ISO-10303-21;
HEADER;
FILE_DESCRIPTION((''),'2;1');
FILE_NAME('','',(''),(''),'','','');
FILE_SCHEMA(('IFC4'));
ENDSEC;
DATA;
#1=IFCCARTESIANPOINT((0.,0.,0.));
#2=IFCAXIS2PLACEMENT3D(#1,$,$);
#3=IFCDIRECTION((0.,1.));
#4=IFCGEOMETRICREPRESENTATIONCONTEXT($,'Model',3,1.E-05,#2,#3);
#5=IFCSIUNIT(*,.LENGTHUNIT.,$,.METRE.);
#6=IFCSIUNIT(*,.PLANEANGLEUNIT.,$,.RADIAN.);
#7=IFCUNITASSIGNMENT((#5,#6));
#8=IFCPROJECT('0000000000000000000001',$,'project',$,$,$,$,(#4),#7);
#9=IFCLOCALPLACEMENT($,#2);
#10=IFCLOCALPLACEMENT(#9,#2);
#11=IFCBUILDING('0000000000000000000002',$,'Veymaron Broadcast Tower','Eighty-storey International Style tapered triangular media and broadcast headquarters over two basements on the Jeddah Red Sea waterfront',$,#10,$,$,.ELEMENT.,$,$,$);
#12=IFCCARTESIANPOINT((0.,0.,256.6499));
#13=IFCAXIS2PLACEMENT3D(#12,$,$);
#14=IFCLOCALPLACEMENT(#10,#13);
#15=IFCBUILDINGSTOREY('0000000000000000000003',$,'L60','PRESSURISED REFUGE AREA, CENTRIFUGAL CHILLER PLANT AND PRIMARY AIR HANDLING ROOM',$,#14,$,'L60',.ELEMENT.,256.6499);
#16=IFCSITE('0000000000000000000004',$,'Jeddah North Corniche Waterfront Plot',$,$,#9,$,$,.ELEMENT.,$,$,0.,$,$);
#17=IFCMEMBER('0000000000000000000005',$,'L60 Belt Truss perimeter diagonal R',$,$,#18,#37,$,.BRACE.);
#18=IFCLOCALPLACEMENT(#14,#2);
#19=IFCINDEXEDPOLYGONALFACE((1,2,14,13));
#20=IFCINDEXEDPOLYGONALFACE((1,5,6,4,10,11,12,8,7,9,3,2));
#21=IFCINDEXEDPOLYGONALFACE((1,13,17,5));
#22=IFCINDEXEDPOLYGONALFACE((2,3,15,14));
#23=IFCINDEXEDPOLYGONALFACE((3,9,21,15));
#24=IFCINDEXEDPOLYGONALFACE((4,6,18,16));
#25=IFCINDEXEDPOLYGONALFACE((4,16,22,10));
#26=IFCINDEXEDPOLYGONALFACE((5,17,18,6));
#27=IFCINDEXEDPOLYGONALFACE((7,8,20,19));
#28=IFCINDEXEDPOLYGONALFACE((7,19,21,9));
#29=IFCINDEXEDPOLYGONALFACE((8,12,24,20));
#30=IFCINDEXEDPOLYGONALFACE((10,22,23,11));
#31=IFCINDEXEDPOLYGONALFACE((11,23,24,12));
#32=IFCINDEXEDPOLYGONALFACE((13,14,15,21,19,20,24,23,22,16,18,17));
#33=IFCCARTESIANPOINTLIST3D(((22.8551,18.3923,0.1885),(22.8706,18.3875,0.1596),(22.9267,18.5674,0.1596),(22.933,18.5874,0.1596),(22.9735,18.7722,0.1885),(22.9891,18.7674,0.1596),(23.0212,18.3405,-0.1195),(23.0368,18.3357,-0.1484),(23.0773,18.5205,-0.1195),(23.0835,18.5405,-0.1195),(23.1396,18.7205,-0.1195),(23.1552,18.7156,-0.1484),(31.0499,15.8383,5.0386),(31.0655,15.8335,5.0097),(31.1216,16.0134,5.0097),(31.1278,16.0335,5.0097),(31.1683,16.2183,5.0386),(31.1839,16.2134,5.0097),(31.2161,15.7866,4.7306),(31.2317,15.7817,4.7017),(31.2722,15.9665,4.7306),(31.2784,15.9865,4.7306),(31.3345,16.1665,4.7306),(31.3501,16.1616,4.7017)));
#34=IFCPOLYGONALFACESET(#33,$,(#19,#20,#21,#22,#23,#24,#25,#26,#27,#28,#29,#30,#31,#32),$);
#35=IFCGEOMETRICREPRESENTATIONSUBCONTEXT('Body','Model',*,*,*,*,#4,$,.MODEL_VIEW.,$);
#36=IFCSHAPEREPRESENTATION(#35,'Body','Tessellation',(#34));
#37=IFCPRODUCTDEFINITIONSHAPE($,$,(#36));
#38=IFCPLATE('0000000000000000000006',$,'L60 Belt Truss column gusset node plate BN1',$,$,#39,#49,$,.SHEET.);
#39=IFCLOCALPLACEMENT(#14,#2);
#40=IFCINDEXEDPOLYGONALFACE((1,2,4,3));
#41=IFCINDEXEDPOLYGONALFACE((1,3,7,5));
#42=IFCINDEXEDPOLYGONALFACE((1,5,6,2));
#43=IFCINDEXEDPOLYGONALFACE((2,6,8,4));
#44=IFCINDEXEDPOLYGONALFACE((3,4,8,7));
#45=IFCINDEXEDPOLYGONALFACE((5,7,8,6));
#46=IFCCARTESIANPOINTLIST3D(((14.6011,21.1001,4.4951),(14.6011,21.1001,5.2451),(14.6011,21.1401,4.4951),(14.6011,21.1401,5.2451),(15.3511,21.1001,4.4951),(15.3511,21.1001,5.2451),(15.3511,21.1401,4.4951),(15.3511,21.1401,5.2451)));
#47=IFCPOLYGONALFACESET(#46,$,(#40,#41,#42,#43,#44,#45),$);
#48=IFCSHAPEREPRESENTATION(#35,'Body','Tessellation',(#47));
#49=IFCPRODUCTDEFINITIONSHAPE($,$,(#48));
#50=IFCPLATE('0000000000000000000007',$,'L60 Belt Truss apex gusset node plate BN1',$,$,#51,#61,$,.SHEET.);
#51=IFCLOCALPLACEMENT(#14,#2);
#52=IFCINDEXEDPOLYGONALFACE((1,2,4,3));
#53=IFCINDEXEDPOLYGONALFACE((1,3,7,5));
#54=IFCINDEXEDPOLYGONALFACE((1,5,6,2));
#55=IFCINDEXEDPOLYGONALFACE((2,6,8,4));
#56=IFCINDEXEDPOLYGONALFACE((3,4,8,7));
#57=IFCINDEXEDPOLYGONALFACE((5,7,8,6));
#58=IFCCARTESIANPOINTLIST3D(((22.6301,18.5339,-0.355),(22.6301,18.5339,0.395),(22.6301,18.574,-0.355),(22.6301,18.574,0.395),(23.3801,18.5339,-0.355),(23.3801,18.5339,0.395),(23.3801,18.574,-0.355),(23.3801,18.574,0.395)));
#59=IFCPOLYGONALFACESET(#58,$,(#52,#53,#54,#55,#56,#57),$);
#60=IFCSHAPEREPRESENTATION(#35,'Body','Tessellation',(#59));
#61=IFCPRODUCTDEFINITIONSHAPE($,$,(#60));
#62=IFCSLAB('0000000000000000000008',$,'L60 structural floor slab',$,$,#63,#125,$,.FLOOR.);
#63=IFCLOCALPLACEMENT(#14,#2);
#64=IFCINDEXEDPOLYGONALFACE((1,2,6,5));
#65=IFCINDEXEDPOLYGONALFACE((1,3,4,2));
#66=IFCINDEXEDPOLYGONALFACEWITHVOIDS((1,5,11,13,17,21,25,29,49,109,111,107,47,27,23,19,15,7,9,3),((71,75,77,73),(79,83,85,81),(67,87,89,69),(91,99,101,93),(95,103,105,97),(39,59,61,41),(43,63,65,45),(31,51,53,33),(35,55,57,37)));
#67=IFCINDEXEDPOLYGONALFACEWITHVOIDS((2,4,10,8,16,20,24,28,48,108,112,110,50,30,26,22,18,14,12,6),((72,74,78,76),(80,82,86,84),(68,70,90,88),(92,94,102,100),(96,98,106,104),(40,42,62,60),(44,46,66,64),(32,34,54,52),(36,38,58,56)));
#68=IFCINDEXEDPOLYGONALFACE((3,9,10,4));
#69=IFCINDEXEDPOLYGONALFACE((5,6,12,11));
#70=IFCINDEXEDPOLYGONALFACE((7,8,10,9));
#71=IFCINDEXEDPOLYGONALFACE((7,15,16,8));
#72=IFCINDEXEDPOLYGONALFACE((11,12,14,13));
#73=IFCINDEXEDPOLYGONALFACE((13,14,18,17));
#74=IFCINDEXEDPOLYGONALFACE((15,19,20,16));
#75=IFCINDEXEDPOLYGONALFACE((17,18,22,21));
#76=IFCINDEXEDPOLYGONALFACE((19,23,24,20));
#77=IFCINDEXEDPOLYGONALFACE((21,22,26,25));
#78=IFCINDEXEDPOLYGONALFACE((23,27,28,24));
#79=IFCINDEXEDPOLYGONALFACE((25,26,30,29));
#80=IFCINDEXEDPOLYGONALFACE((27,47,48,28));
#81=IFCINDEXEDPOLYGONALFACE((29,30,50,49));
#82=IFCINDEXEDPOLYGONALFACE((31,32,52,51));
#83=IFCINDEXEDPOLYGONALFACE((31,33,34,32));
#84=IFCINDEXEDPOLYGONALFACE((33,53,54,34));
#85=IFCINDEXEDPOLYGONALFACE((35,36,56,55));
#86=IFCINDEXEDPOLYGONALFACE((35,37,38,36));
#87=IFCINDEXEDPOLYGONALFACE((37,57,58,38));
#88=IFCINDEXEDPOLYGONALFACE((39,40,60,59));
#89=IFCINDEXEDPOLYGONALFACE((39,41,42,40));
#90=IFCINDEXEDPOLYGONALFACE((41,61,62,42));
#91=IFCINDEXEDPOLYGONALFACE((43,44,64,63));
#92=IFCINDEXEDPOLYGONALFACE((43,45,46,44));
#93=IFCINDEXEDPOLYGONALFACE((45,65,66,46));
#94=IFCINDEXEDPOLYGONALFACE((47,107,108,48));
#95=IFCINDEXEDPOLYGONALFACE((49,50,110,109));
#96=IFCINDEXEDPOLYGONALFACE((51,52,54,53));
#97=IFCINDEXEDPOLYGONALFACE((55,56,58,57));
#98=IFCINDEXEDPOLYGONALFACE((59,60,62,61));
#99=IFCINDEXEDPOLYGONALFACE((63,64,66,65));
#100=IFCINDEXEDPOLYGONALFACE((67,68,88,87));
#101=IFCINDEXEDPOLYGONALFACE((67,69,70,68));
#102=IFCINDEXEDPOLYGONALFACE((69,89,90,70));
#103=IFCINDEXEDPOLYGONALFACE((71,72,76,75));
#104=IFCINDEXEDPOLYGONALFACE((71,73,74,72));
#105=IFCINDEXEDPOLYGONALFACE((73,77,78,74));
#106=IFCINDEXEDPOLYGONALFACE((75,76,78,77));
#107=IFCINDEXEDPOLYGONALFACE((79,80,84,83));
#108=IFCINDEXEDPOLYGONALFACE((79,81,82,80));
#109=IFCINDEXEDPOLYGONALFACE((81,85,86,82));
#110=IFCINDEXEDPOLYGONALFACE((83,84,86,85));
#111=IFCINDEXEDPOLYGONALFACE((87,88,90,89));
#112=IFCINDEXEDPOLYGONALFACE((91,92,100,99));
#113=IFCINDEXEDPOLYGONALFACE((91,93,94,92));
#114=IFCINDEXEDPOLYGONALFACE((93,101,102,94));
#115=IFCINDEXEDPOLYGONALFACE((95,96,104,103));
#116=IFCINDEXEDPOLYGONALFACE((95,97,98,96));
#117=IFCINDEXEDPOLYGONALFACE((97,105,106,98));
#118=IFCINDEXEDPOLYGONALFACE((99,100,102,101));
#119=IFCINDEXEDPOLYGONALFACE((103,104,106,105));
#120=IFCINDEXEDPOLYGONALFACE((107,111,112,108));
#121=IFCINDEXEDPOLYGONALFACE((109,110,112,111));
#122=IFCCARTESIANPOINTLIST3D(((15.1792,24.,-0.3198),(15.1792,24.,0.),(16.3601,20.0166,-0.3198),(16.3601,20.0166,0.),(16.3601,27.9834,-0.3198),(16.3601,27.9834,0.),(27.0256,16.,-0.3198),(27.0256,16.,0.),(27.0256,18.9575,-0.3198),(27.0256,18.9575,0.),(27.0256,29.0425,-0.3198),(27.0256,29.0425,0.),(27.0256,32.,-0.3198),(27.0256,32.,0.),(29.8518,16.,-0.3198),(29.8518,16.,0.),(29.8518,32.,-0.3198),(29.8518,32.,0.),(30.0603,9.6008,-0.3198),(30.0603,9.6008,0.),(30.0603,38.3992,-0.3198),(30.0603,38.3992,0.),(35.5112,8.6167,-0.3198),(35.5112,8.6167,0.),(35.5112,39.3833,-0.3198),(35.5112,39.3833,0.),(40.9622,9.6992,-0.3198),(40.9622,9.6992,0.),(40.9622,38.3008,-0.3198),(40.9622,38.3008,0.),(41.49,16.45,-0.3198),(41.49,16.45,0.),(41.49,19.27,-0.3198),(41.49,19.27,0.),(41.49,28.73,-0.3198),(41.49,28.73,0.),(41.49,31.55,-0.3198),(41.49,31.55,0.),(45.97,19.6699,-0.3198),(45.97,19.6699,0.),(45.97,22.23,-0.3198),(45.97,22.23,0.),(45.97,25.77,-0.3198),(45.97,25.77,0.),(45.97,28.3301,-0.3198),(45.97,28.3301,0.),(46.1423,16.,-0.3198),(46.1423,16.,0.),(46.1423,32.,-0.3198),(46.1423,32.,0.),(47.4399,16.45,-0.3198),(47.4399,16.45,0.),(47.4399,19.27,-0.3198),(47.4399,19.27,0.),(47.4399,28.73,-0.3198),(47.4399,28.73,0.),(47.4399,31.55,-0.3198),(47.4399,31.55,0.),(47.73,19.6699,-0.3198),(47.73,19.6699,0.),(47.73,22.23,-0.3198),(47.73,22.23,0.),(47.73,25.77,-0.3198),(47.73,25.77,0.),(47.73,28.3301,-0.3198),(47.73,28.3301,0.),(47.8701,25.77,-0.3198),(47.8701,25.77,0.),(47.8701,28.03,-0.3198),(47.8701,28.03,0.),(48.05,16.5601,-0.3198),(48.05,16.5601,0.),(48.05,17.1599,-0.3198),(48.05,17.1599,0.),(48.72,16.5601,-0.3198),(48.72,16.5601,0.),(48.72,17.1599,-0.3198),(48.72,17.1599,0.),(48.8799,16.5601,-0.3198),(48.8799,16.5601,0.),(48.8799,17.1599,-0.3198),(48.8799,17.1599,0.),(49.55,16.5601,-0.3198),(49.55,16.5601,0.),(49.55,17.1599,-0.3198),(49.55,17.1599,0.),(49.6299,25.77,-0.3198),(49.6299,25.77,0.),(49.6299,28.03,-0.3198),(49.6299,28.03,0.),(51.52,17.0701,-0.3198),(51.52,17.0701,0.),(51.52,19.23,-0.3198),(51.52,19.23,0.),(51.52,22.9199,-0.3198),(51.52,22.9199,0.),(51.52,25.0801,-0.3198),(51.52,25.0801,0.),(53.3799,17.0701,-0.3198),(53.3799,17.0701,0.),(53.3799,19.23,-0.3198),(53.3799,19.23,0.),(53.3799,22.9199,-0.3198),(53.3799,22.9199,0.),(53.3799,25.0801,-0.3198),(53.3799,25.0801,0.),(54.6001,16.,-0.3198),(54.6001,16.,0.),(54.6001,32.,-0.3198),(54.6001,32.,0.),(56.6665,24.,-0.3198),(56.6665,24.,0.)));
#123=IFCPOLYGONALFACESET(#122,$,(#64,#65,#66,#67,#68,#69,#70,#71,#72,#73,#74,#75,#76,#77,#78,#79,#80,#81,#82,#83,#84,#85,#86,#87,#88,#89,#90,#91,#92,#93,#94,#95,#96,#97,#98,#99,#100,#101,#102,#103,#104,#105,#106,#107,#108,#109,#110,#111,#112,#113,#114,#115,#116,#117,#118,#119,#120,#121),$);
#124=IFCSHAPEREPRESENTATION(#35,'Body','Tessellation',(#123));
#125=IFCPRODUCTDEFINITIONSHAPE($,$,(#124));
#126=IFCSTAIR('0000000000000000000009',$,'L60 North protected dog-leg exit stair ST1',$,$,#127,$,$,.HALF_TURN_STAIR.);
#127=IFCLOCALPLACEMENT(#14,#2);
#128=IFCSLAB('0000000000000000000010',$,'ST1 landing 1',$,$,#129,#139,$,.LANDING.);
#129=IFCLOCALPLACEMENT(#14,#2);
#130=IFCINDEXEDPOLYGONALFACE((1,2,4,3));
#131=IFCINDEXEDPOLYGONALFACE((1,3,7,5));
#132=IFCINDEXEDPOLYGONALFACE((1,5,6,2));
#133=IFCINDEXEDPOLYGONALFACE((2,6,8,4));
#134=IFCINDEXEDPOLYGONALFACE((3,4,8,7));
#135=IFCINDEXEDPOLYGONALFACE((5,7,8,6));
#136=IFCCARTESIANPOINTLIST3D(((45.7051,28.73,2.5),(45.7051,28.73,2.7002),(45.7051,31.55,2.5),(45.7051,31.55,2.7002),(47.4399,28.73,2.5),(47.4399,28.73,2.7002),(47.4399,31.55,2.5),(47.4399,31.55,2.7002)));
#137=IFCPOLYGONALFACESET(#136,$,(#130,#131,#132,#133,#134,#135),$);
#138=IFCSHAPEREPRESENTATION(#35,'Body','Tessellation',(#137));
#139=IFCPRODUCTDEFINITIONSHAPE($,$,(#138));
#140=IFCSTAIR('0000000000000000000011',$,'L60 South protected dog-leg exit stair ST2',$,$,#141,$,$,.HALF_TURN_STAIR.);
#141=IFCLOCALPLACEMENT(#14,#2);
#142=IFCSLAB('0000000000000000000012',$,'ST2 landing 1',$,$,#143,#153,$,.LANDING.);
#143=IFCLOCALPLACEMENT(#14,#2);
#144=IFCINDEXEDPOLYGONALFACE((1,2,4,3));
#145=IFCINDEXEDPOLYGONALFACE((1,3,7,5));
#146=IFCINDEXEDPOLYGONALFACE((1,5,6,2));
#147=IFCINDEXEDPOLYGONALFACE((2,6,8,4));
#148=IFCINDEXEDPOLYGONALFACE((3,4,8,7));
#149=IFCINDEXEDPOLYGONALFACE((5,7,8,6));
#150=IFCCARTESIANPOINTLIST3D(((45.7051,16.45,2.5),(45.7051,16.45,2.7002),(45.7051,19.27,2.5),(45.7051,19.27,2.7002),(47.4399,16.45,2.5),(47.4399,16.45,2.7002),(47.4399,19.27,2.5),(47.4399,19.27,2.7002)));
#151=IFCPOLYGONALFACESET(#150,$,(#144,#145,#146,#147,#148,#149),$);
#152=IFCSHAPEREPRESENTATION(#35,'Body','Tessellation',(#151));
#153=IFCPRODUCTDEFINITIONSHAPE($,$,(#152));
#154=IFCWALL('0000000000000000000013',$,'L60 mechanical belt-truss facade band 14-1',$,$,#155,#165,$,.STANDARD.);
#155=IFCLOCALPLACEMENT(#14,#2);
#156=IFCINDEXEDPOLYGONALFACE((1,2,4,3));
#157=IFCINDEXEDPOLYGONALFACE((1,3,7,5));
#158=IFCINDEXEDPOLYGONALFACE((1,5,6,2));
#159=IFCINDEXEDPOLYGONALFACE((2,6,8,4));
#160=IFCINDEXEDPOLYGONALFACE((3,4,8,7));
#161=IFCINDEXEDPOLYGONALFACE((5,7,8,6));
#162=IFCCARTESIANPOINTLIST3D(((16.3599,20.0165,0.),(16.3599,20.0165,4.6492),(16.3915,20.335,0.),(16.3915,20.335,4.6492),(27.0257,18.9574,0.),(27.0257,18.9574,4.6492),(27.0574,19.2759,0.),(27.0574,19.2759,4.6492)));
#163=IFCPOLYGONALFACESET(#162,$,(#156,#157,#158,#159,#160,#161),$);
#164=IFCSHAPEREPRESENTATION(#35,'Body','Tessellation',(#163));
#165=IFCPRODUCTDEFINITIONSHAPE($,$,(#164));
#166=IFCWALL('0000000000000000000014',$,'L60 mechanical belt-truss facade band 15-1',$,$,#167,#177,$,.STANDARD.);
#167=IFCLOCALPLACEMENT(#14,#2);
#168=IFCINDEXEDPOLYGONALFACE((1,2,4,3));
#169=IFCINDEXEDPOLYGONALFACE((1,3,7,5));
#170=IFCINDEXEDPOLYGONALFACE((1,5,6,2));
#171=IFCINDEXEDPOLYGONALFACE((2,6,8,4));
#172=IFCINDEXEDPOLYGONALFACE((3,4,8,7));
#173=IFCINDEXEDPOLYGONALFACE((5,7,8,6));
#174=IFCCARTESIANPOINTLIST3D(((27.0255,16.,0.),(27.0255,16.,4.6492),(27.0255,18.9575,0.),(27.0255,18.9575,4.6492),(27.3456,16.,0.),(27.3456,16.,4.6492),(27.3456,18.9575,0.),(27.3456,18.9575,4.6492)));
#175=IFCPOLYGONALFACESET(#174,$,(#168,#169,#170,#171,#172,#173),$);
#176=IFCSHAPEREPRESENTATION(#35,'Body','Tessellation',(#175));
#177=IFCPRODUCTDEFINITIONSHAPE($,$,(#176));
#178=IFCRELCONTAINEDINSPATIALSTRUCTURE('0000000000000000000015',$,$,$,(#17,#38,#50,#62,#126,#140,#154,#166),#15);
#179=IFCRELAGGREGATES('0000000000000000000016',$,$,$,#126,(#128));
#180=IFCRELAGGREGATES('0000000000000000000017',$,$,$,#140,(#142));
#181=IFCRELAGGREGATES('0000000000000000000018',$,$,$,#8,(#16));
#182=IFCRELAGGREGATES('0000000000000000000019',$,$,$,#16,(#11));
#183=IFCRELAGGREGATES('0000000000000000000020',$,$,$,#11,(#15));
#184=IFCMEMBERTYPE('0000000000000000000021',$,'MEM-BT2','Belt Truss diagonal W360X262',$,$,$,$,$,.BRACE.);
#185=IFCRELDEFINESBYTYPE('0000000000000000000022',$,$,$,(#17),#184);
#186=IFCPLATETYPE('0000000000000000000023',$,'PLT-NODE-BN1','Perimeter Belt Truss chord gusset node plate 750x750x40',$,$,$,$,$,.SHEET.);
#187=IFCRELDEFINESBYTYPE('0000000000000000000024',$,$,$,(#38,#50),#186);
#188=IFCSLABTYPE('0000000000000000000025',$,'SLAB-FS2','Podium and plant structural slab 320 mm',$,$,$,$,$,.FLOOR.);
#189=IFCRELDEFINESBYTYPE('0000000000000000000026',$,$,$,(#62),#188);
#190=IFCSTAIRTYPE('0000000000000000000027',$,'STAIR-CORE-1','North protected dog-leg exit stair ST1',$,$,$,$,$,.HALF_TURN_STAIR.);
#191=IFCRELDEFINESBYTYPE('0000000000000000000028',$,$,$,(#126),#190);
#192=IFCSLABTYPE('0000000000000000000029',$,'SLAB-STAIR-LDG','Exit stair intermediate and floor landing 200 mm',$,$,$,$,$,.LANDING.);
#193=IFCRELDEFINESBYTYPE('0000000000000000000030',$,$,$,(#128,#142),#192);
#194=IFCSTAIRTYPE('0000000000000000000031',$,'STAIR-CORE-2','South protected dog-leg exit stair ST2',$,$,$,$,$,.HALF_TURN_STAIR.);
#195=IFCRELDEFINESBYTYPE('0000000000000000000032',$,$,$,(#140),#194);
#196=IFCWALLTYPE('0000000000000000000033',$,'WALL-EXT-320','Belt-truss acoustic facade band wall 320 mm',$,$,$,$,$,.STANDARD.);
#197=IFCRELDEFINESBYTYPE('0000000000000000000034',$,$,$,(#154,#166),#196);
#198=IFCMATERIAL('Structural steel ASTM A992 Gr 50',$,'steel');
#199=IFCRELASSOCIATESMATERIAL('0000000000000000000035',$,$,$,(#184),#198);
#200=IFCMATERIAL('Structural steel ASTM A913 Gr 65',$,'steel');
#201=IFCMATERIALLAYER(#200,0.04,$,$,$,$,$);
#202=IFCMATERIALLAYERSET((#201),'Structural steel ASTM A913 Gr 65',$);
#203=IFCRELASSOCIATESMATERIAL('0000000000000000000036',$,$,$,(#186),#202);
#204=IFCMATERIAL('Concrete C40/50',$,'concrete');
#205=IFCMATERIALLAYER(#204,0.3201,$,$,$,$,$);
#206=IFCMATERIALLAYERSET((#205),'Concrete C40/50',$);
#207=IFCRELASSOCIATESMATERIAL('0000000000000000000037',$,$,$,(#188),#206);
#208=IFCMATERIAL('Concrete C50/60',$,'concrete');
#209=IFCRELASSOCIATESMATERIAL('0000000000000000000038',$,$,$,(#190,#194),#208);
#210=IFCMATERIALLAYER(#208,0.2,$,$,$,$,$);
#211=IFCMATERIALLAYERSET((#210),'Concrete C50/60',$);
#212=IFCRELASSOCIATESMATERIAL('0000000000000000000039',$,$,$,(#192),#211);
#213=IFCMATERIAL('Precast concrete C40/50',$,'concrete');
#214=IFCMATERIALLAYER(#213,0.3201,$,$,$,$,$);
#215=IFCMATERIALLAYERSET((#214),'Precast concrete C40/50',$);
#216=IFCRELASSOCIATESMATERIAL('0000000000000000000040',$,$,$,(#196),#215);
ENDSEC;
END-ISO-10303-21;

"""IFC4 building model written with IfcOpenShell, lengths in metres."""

from ifc_helpers import new_model, si_unit, direction, frame, frame_2d, origin, origin_2d, place, context, subcontext, project, spatial, polyline, rectangle, i_section, outline, extrude, material, layer, layer_set, material_profile, profile_set, type_object, element, aggregate, save


model = new_model("IFC4")

# Units and contexts
model_context = context("Model", 3, precision=1e-05, world=origin(), true_north=direction((0.0, 1.0)))
body_context = subcontext(model_context, "Body", "Model", "MODEL_VIEW")
ifc_project = project(units=[si_unit("LENGTHUNIT", "METRE"), si_unit("PLANEANGLEUNIT", "RADIAN")], contexts=[model_context])

# Site, building, storey
site_placement = place(None, origin())
site = spatial("IfcSite", under=ifc_project, at=site_placement, Name="Jeddah North Corniche Waterfront Plot", CompositionType="ELEMENT", RefElevation=0.0)
building_placement = place(site_placement, origin())
building = spatial("IfcBuilding", under=site, at=building_placement, Name="Veymaron Broadcast Tower", Description="Eighty-storey International Style tapered triangular media and broadcast headquarters over two basements on the Jeddah Red Sea waterfront", CompositionType="ELEMENT")
storey_placement = place(building_placement, frame((0.0, 0.0, 256.6499)))
storey = spatial("IfcBuildingStorey", under=building, at=storey_placement, Name="L60", Description="PRESSURISED REFUGE AREA, CENTRIFUGAL CHILLER PLANT AND PRIMARY AIR HANDLING ROOM", LongName="L60", CompositionType="ELEMENT", Elevation=256.6499)

# Shared definitions
ifc_material_1 = material(Name="Structural steel ASTM A913 Gr 65", Category="steel")

# Shared definitions
ifc_material_2 = material(Name="Structural steel ASTM A992 Gr 50", Category="steel")

# Member
ifc_material_profile_1 = material_profile(ifc_material_2, i_section(OverallWidth=0.3979, OverallDepth=0.387, WebThickness=0.021, FlangeThickness=0.0332, at=origin_2d()), Name="W360X262")
ifc_profile_set_1 = profile_set([ifc_material_profile_1], Name="Structural steel ASTM A992 Gr 50")
member_type = type_object("IfcMemberType", Name="MEM-BT2", Description="Belt Truss diagonal W360X262", PredefinedType="BRACE", material=ifc_profile_set_1)
member_1_placement = place(storey_placement, frame((23.0051, 18.554, 0.02), z_axis=(0.831196, -0.259046, 0.491943), x_axis=(0.29754, 0.954709, 0.0)))
element("IfcMember", 1, at=member_1_placement, inside=storey, type_object=member_type, Name="L60 Belt Truss perimeter diagonal R", PredefinedType="BRACE", context=body_context, shape_type="SweptSolid", body=[
    extrude(i_section(OverallWidth=0.3979, OverallDepth=0.387, WebThickness=0.021, FlangeThickness=0.0332, at=origin_2d()), origin(), (0.0, 0.0, 1.0), 9.8591),
])

# Plates
ifc_layer_1 = layer(ifc_material_1, 0.04)
ifc_layer_set_1 = layer_set([ifc_layer_1], Name="Structural steel ASTM A913 Gr 65")
plate_type = type_object("IfcPlateType", Name="PLT-NODE-BN1", Description="Perimeter Belt Truss chord gusset node plate 750x750x40", PredefinedType="SHEET", material=ifc_layer_set_1)
for number, where, z_axis, x_axis, name in (
    (2, (14.9761, 21.1201, 4.4951), (0.0, 0.0, 1.0), (1.0, 0.0, 0.0), "L60 Belt Truss column gusset node plate BN1"),
    (3, (23.0051, 18.554, -0.355), (0.0, 0.0, 1.0), (1.0, 0.0, 0.0), "L60 Belt Truss apex gusset node plate BN1"),
):
    element("IfcPlate", number, at=place(storey_placement, frame(where, z_axis=z_axis, x_axis=x_axis)), inside=storey, type_object=plate_type, Name=name, PredefinedType="SHEET", context=body_context, shape_type="SweptSolid", body=[
        extrude(rectangle(XDim=0.75, YDim=0.04, at=origin_2d()), origin(), (0.0, 0.0, 1.0), 0.75),
    ])

# Slab
ifc_material_3 = material(Name="Concrete C40/50", Category="concrete")
ifc_layer_2 = layer(ifc_material_3, 0.3201)
ifc_layer_set_2 = layer_set([ifc_layer_2], Name="Concrete C40/50")
slab_type_1 = type_object("IfcSlabType", Name="SLAB-FS2", Description="Podium and plant structural slab 320 mm", PredefinedType="FLOOR", material=ifc_layer_set_2)
slab_1_placement = place(storey_placement, frame((0.0, 0.0, -0.3198)))
element("IfcSlab", 4, at=slab_1_placement, inside=storey, type_object=slab_type_1, Name="L60 structural floor slab", PredefinedType="FLOOR", context=body_context, shape_type="SweptSolid", body=[
    extrude(outline(polyline([(46.1423, 16.0), (54.6001, 16.0), (56.6665, 24.0), (54.6001, 32.0), (46.1423, 32.0), (40.9622, 38.3008), (35.5112, 39.3833), (30.0603, 38.3992), (29.8518, 32.0), (27.0256, 32.0), (27.0256, 29.0425), (16.3601, 27.9834), (15.1792, 24.0), (16.3601, 20.0166), (27.0256, 18.9575), (27.0256, 16.0), (29.8518, 16.0), (30.0603, 9.6008), (35.5112, 8.6167), (40.9622, 9.6992), (46.1423, 16.0)]), holes=[polyline([(45.97, 28.3301), (47.73, 28.3301), (47.73, 25.77), (45.97, 25.77), (45.97, 28.3301)]), polyline([(45.97, 22.23), (47.73, 22.23), (47.73, 19.6699), (45.97, 19.6699), (45.97, 22.23)]), polyline([(47.8701, 28.03), (49.6299, 28.03), (49.6299, 25.77), (47.8701, 25.77), (47.8701, 28.03)]), polyline([(51.52, 25.0801), (53.3799, 25.0801), (53.3799, 22.9199), (51.52, 22.9199), (51.52, 25.0801)]), polyline([(51.52, 19.23), (53.3799, 19.23), (53.3799, 17.0701), (51.52, 17.0701), (51.52, 19.23)]), polyline([(48.05, 17.1599), (48.72, 17.1599), (48.72, 16.5601), (48.05, 16.5601), (48.05, 17.1599)]), polyline([(48.8799, 17.1599), (49.55, 17.1599), (49.55, 16.5601), (48.8799, 16.5601), (48.8799, 17.1599)]), polyline([(41.49, 31.55), (47.4399, 31.55), (47.4399, 28.73), (41.49, 28.73), (41.49, 31.55)]), polyline([(41.49, 19.27), (47.4399, 19.27), (47.4399, 16.45), (41.49, 16.45), (41.49, 19.27)])]), origin(), (0.0, 0.0, 1.0), 0.3198),
])

# Stairs, slabs
ifc_material_4 = material(Name="Concrete C50/60", Category="concrete")
stair_type_1 = type_object("IfcStairType", Name="STAIR-CORE-1", Description="North protected dog-leg exit stair ST1", PredefinedType="HALF_TURN_STAIR", material=ifc_material_4)
stair_1_placement = place(storey_placement, origin())
stair_1 = element("IfcStair", 5, at=stair_1_placement, inside=storey, type_object=stair_type_1, Name="L60 North protected dog-leg exit stair ST1", PredefinedType="HALF_TURN_STAIR")
ifc_layer_3 = layer(ifc_material_4, 0.2)
ifc_layer_set_3 = layer_set([ifc_layer_3], Name="Concrete C50/60")
slab_type_2 = type_object("IfcSlabType", Name="SLAB-STAIR-LDG", Description="Exit stair intermediate and floor landing 200 mm", PredefinedType="LANDING", material=ifc_layer_set_3)
slab_2_placement = place(storey_placement, frame((0.0, 0.0, 2.5)))
slab_2 = element("IfcSlab", 6, at=slab_2_placement, type_object=slab_type_2, Name="ST1 landing 1", PredefinedType="LANDING", context=body_context, shape_type="SweptSolid", body=[
    extrude(outline(polyline([(45.7051, 28.73), (47.4399, 28.73), (47.4399, 31.55), (45.7051, 31.55), (45.7051, 28.73)])), origin(), (0.0, 0.0, 1.0), 0.2002),
])
aggregate(stair_1, [slab_2])
stair_type_2 = type_object("IfcStairType", Name="STAIR-CORE-2", Description="South protected dog-leg exit stair ST2", PredefinedType="HALF_TURN_STAIR", material=ifc_material_4)
stair_2_placement = place(storey_placement, origin())
stair_2 = element("IfcStair", 7, at=stair_2_placement, inside=storey, type_object=stair_type_2, Name="L60 South protected dog-leg exit stair ST2", PredefinedType="HALF_TURN_STAIR")
slab_3_placement = place(storey_placement, frame((0.0, 0.0, 2.5)))
slab_3 = element("IfcSlab", 8, at=slab_3_placement, type_object=slab_type_2, Name="ST2 landing 1", PredefinedType="LANDING", context=body_context, shape_type="SweptSolid", body=[
    extrude(outline(polyline([(45.7051, 16.45), (47.4399, 16.45), (47.4399, 19.27), (45.7051, 19.27), (45.7051, 16.45)])), origin(), (0.0, 0.0, 1.0), 0.2002),
])
aggregate(stair_2, [slab_3])

# Walls
ifc_material_5 = material(Name="Precast concrete C40/50", Category="concrete")
ifc_layer_4 = layer(ifc_material_5, 0.3201)
ifc_layer_set_4 = layer_set([ifc_layer_4], Name="Precast concrete C40/50")
wall_type_1 = type_object("IfcWallType", Name="WALL-EXT-320", Description="Belt-truss acoustic facade band wall 320 mm", PredefinedType="STANDARD", material=ifc_layer_set_4)
wall_1_placement = place(storey_placement, frame((16.3757, 20.1758, 0.0), z_axis=(0.0, 0.0, 1.0), x_axis=(0.995106, -0.098811, 0.0)))
element("IfcWall", 9, at=wall_1_placement, inside=storey, type_object=wall_type_1, Name="L60 mechanical belt-truss facade band 14-1", PredefinedType="STANDARD", context=body_context, shape_type="SweptSolid", body=[
    extrude(rectangle(XDim=10.7183, YDim=0.3201, at=frame_2d((5.3591, 0.0))), origin(), (0.0, 0.0, 1.0), 4.6492),
])
wall_2_placement = place(storey_placement, frame((27.1855, 18.9575, 0.0), z_axis=(0.0, 0.0, 1.0), x_axis=(0.0, -1.0, 0.0)))
element("IfcWall", 10, at=wall_2_placement, inside=storey, type_object=wall_type_1, Name="L60 mechanical belt-truss facade band 15-1", PredefinedType="STANDARD", context=body_context, shape_type="SweptSolid", body=[
    extrude(rectangle(XDim=2.9575, YDim=0.3201, at=frame_2d((1.4788, 0.0))), origin(), (0.0, 0.0, 1.0), 4.6492),
])

save(model, "model.ifc")
